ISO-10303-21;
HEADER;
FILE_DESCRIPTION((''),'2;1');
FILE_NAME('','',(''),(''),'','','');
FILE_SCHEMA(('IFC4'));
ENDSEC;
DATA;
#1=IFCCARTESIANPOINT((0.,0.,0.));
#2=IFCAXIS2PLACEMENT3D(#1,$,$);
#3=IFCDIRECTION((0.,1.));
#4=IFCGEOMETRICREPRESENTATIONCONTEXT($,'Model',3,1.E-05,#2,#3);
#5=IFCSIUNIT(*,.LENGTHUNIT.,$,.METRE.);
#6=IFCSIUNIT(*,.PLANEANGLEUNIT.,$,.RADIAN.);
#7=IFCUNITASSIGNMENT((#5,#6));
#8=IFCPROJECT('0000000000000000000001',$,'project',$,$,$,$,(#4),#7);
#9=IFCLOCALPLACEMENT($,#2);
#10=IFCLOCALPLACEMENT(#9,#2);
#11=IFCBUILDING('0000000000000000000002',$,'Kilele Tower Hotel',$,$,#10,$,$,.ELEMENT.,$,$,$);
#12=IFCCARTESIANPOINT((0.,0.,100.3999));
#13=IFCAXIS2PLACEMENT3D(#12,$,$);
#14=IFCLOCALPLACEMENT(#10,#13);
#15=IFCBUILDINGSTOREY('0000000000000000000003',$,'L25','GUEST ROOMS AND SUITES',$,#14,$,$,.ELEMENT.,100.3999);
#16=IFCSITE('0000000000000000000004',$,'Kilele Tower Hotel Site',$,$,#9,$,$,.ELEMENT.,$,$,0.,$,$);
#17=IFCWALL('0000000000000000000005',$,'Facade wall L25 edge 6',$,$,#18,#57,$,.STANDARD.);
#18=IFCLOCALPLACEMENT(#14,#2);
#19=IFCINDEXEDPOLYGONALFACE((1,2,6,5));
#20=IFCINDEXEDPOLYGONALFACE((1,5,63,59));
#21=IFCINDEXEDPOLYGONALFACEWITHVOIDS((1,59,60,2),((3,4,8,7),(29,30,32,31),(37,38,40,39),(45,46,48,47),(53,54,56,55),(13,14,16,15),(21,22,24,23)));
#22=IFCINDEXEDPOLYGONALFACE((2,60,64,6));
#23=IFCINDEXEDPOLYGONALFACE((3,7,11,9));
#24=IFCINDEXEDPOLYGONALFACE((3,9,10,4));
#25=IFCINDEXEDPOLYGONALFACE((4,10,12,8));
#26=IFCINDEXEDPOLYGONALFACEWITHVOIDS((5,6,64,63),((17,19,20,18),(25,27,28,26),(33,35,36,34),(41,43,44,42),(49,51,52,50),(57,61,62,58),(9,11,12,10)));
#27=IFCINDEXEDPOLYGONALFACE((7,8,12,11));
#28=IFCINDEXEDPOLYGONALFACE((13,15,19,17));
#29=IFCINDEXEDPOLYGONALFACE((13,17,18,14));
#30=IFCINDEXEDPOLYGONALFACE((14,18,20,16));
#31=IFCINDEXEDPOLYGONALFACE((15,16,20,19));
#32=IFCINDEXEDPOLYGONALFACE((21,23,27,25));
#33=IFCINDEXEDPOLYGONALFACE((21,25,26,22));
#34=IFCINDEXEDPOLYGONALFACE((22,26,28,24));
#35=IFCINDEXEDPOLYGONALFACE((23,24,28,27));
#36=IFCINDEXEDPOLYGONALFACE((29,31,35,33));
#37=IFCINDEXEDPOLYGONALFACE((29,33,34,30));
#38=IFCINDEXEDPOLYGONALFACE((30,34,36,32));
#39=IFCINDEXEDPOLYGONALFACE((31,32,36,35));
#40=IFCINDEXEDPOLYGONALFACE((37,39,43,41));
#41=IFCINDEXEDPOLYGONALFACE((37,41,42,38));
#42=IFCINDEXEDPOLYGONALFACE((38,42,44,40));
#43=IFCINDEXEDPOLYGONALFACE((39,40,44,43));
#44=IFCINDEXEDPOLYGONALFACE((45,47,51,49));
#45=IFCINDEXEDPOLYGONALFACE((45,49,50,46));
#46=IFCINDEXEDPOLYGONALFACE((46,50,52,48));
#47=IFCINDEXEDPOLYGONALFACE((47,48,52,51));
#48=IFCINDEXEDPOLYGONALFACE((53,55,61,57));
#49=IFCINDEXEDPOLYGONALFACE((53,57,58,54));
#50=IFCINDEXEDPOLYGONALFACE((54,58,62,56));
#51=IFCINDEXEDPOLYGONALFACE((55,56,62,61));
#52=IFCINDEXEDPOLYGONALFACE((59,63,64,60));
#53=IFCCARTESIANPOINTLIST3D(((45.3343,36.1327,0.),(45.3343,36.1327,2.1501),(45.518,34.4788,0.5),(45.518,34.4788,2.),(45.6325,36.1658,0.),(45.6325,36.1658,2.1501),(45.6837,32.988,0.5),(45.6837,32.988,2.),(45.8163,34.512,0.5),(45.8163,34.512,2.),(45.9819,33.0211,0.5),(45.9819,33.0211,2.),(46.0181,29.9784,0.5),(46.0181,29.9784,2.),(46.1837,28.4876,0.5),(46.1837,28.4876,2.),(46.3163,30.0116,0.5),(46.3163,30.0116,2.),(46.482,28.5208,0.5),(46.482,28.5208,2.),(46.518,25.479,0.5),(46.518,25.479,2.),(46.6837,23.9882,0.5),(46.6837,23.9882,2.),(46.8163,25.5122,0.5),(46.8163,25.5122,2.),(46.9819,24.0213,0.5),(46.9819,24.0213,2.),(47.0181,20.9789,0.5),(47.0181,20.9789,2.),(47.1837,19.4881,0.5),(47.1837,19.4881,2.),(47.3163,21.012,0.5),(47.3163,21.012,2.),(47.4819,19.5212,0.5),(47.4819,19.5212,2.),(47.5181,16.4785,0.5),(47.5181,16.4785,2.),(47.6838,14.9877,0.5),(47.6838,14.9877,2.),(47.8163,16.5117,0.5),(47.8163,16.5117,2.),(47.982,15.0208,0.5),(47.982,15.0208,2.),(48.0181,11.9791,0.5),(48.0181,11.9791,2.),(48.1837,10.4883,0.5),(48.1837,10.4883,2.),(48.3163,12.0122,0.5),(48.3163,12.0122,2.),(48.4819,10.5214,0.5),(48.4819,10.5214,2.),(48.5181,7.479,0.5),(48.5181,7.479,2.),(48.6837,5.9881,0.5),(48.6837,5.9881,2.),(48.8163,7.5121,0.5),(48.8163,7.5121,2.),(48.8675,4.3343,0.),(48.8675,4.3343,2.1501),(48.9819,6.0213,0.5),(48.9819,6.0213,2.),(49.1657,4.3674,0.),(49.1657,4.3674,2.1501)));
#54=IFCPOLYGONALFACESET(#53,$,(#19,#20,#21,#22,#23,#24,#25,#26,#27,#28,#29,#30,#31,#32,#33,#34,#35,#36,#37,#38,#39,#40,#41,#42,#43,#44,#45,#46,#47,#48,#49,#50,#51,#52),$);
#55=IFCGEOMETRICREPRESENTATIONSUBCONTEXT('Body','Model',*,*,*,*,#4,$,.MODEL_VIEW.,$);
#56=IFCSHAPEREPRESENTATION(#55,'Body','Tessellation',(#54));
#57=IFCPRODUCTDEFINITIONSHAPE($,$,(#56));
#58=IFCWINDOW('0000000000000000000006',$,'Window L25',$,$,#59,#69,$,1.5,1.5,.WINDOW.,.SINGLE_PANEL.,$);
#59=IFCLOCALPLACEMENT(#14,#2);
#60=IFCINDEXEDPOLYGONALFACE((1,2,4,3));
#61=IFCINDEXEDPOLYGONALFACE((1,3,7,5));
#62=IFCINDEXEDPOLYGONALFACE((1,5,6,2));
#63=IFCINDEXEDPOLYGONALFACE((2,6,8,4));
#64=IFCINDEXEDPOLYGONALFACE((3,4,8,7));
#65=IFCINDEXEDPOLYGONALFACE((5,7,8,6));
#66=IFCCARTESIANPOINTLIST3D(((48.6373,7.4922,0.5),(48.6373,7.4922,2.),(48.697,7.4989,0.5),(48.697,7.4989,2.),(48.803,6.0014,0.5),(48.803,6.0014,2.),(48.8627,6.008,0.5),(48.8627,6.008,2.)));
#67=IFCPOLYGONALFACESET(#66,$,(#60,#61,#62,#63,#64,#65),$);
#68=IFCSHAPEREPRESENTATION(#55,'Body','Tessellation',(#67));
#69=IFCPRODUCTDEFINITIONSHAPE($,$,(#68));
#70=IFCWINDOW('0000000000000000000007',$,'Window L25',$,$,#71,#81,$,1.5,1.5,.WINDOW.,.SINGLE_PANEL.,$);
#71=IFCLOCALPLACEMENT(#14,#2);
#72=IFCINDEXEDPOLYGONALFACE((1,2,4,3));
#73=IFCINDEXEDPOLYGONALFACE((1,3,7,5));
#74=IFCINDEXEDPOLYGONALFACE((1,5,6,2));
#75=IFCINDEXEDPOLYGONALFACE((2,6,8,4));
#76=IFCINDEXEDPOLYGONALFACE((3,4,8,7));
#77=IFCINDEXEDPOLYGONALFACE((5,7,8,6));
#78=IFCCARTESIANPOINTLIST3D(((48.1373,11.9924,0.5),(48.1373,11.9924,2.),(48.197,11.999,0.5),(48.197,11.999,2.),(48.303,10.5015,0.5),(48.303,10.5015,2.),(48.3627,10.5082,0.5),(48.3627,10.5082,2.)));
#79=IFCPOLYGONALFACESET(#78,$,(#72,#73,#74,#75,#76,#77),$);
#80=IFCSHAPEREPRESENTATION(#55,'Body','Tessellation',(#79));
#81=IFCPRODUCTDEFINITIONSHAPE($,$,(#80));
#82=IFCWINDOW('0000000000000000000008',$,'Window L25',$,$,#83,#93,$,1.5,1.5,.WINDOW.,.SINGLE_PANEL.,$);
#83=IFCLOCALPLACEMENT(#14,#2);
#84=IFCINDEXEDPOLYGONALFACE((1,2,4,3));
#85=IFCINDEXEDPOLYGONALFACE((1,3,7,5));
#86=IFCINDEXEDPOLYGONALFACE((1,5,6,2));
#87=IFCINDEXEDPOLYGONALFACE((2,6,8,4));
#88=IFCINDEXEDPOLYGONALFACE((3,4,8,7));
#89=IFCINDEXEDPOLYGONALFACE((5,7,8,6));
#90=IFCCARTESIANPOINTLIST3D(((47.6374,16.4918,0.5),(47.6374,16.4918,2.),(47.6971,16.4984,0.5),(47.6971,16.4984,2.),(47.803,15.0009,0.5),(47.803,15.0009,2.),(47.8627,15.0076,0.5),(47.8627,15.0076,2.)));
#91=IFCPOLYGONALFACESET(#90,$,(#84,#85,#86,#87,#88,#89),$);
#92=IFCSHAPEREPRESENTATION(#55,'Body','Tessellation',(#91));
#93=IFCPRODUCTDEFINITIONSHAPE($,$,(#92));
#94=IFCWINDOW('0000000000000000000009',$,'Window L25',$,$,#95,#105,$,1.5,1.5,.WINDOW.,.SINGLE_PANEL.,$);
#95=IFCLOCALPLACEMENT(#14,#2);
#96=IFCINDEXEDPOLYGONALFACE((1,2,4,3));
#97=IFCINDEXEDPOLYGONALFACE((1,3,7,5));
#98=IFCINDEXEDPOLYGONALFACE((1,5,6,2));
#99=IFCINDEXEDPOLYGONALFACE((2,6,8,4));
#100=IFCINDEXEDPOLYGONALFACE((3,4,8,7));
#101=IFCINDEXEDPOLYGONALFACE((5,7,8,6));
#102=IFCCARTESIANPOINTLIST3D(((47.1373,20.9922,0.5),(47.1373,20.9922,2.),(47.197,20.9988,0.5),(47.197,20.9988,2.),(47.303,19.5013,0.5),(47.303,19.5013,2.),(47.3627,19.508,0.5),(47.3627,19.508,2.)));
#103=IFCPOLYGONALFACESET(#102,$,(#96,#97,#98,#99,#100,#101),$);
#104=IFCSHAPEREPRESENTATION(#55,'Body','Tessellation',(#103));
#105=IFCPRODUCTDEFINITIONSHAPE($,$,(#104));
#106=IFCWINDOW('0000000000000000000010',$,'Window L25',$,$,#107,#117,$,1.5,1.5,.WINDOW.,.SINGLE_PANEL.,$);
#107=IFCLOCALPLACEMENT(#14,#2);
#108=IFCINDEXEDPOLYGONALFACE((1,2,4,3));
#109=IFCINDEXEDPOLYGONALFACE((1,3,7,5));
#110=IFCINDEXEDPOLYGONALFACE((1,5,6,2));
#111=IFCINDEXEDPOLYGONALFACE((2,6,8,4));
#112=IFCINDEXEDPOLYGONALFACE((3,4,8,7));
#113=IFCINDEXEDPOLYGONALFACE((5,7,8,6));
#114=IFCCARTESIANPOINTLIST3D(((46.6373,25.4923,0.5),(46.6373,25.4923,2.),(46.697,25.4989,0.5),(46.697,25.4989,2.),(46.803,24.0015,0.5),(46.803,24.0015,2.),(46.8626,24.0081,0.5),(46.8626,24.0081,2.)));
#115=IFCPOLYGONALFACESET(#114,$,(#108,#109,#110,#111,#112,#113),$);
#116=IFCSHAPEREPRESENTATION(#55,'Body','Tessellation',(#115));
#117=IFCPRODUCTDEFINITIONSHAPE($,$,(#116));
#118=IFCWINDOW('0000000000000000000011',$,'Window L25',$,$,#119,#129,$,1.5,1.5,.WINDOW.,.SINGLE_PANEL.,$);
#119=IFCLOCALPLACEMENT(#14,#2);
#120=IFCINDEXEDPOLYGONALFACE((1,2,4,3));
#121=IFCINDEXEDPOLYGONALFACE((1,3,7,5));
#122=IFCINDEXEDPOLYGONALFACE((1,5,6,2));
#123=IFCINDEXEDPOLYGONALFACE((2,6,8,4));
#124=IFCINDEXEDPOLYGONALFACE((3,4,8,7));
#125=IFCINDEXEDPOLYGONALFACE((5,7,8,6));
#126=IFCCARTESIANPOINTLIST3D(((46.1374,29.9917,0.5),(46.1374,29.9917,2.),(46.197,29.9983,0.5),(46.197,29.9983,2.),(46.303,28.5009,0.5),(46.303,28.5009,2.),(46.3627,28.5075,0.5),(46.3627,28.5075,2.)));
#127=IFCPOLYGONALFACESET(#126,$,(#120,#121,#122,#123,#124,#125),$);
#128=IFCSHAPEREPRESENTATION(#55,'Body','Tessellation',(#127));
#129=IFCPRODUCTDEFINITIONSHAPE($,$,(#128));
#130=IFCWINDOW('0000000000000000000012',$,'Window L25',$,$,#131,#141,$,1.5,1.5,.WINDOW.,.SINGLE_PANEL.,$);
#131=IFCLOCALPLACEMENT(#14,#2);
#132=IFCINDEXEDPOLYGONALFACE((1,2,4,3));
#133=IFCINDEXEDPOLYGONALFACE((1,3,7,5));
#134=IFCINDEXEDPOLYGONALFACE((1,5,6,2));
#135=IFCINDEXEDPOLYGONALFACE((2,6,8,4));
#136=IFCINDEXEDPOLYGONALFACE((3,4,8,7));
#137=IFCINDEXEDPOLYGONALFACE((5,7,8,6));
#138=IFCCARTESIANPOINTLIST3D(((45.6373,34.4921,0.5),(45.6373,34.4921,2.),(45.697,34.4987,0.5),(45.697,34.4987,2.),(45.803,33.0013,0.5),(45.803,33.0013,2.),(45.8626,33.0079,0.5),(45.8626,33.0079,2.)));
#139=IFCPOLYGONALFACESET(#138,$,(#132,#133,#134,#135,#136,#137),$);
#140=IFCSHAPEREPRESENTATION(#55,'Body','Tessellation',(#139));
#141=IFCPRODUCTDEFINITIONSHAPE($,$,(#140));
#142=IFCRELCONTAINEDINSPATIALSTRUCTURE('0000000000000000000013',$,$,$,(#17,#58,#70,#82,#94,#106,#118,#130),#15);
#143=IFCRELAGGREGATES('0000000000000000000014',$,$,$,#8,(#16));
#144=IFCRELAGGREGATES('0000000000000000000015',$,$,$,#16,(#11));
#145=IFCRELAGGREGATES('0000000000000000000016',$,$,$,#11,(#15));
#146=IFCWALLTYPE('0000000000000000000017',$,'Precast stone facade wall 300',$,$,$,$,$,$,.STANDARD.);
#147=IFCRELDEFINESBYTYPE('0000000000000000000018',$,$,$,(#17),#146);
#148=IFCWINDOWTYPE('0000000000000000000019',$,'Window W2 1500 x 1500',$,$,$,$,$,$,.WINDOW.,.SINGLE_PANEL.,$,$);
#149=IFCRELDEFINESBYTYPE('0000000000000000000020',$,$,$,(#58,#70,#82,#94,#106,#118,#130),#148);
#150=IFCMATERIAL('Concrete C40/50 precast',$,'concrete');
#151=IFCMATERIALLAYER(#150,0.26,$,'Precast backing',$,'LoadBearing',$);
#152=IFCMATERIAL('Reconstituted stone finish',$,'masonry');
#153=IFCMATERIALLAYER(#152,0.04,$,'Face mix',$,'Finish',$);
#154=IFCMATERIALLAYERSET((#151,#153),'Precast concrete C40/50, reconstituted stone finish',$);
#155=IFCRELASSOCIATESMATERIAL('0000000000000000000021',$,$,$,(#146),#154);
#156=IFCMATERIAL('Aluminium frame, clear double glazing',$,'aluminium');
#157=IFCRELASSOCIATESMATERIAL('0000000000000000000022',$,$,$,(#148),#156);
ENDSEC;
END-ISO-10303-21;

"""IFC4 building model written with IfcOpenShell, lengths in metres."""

from ifc_helpers import new_model, si_unit, direction, frame, frame_2d, origin, place, context, subcontext, project, spatial, rectangle, extrude, material, layer, layer_set, type_object, element, fill, save


model = new_model("IFC4")

# Units and contexts
model_context = context("Model", 3, precision=1e-05, world=origin(), true_north=direction((0.0, 1.0)))
body_context = subcontext(model_context, "Body", "Model", "MODEL_VIEW")
ifc_project = project(units=[si_unit("LENGTHUNIT", "METRE"), si_unit("PLANEANGLEUNIT", "RADIAN")], contexts=[model_context])

# Site, building, storey
site_placement = place(None, origin())
site = spatial("IfcSite", under=ifc_project, at=site_placement, Name="Kilele Tower Hotel Site", CompositionType="ELEMENT", RefElevation=0.0)
building_placement = place(site_placement, origin())
building = spatial("IfcBuilding", under=site, at=building_placement, Name="Kilele Tower Hotel", CompositionType="ELEMENT")
storey_placement = place(building_placement, frame((0.0, 0.0, 100.3999)))
storey = spatial("IfcBuildingStorey", under=building, at=storey_placement, Name="L25", Description="GUEST ROOMS AND SUITES", CompositionType="ELEMENT", Elevation=100.3999)

# Shared definitions
ifc_material_1 = material(Name="Concrete C40/50 precast", Category="concrete")
ifc_layer_1 = layer(ifc_material_1, 0.26, Name="Precast backing", Category="LoadBearing")
ifc_material_2 = material(Name="Reconstituted stone finish", Category="masonry")
ifc_layer_2 = layer(ifc_material_2, 0.04, Name="Face mix", Category="Finish")
ifc_layer_set_1 = layer_set([ifc_layer_1, ifc_layer_2], Name="Precast concrete C40/50, reconstituted stone finish")
wall_type_1 = type_object("IfcWallType", Name="Precast stone facade wall 300", PredefinedType="STANDARD", material=ifc_layer_set_1)
ifc_material_3 = material(Name="Aluminium frame, clear double glazing", Category="aluminium")
window_type = type_object("IfcWindowType", Name="Window W2 1500 x 1500", PartitioningType="SINGLE_PANEL", PredefinedType="WINDOW", material=ifc_material_3)

# Wall, openings, windows
wall_1_placement = place(storey_placement, frame((49.0166, 4.3508, 0.0), z_axis=(0.0, 0.0, 1.0), x_axis=(-0.110433, 0.993884, 0.0)))
wall_1 = element("IfcWall", 1, at=wall_1_placement, inside=storey, type_object=wall_type_1, Name="Facade wall L25 edge 6", PredefinedType="STANDARD", context=body_context, shape_type="SweptSolid", body=[
    extrude(rectangle(XDim=31.9941, YDim=0.3, at=frame_2d((15.9971, 0.0))), origin(), (0.0, 0.0, 1.0), 2.1501),
])
opening_1_placement = place(wall_1_placement, frame((1.6641, 0.0, 0.5)))
opening_1 = element("IfcOpeningElement", 2, at=opening_1_placement, cuts=wall_1, PredefinedType="OPENING", context=body_context, shape_type="SweptSolid", body=[
    extrude(rectangle(XDim=1.5, YDim=1.5, at=frame_2d((0.75, 0.75))), frame((0.0, 0.1599, 0.0), z_axis=(0.0, -1.0, 0.0), x_axis=(1.0, 0.0, 0.0)), (0.0, 0.0, 1.0), 0.3201),
])
opening_2_placement = place(wall_1_placement, frame((6.1919, 0.0, 0.5)))
opening_2 = element("IfcOpeningElement", 3, at=opening_2_placement, cuts=wall_1, PredefinedType="OPENING", context=body_context, shape_type="SweptSolid", body=[
    extrude(rectangle(XDim=1.5, YDim=1.5, at=frame_2d((0.75, 0.75))), frame((0.0, 0.1599, 0.0), z_axis=(0.0, -1.0, 0.0), x_axis=(1.0, 0.0, 0.0)), (0.0, 0.0, 1.0), 0.3201),
])
opening_3_placement = place(wall_1_placement, frame((10.719, 0.0, 0.5)))
opening_3 = element("IfcOpeningElement", 4, at=opening_3_placement, cuts=wall_1, PredefinedType="OPENING", context=body_context, shape_type="SweptSolid", body=[
    extrude(rectangle(XDim=1.5, YDim=1.5, at=frame_2d((0.75, 0.75))), frame((0.0, 0.1599, 0.0), z_axis=(0.0, -1.0, 0.0), x_axis=(1.0, 0.0, 0.0)), (0.0, 0.0, 1.0), 0.3201),
])
opening_4_placement = place(wall_1_placement, frame((15.2471, 0.0, 0.5)))
opening_4 = element("IfcOpeningElement", 5, at=opening_4_placement, cuts=wall_1, PredefinedType="OPENING", context=body_context, shape_type="SweptSolid", body=[
    extrude(rectangle(XDim=1.5, YDim=1.5, at=frame_2d((0.75, 0.75))), frame((0.0, 0.1599, 0.0), z_axis=(0.0, -1.0, 0.0), x_axis=(1.0, 0.0, 0.0)), (0.0, 0.0, 1.0), 0.3201),
])
opening_5_placement = place(wall_1_placement, frame((19.7749, 0.0, 0.5)))
opening_5 = element("IfcOpeningElement", 6, at=opening_5_placement, cuts=wall_1, PredefinedType="OPENING", context=body_context, shape_type="SweptSolid", body=[
    extrude(rectangle(XDim=1.5, YDim=1.5, at=frame_2d((0.75, 0.75))), frame((0.0, 0.1599, 0.0), z_axis=(0.0, -1.0, 0.0), x_axis=(1.0, 0.0, 0.0)), (0.0, 0.0, 1.0), 0.3201),
])
opening_6_placement = place(wall_1_placement, frame((24.302, 0.0, 0.5)))
opening_6 = element("IfcOpeningElement", 7, at=opening_6_placement, cuts=wall_1, PredefinedType="OPENING", context=body_context, shape_type="SweptSolid", body=[
    extrude(rectangle(XDim=1.5, YDim=1.5, at=frame_2d((0.75, 0.75))), frame((0.0, 0.1599, 0.0), z_axis=(0.0, -1.0, 0.0), x_axis=(1.0, 0.0, 0.0)), (0.0, 0.0, 1.0), 0.3201),
])
opening_7_placement = place(wall_1_placement, frame((28.8301, 0.0, 0.5)))
opening_7 = element("IfcOpeningElement", 8, at=opening_7_placement, cuts=wall_1, PredefinedType="OPENING", context=body_context, shape_type="SweptSolid", body=[
    extrude(rectangle(XDim=1.5, YDim=1.5, at=frame_2d((0.75, 0.75))), frame((0.0, 0.1599, 0.0), z_axis=(0.0, -1.0, 0.0), x_axis=(1.0, 0.0, 0.0)), (0.0, 0.0, 1.0), 0.3201),
])
window_1_placement = place(opening_1_placement, origin())
window_1 = element("IfcWindow", 9, at=window_1_placement, inside=storey, type_object=window_type, Name="Window L25", OverallHeight=1.5, OverallWidth=1.5, PartitioningType="SINGLE_PANEL", PredefinedType="WINDOW", context=body_context, shape_type="SweptSolid", body=[
    extrude(rectangle(XDim=1.5, YDim=1.5, at=frame_2d((0.75, 0.75))), frame((0.0, 0.03, 0.0), z_axis=(0.0, -1.0, 0.0), x_axis=(1.0, 0.0, 0.0)), (0.0, 0.0, 1.0), 0.0601),
])
fill(opening_1, window_1)
window_2_placement = place(opening_2_placement, origin())
window_2 = element("IfcWindow", 10, at=window_2_placement, inside=storey, type_object=window_type, Name="Window L25", OverallHeight=1.5, OverallWidth=1.5, PartitioningType="SINGLE_PANEL", PredefinedType="WINDOW", context=body_context, shape_type="SweptSolid", body=[
    extrude(rectangle(XDim=1.5, YDim=1.5, at=frame_2d((0.75, 0.75))), frame((0.0, 0.03, 0.0), z_axis=(0.0, -1.0, 0.0), x_axis=(1.0, 0.0, 0.0)), (0.0, 0.0, 1.0), 0.0601),
])
fill(opening_2, window_2)
window_3_placement = place(opening_3_placement, origin())
window_3 = element("IfcWindow", 11, at=window_3_placement, inside=storey, type_object=window_type, Name="Window L25", OverallHeight=1.5, OverallWidth=1.5, PartitioningType="SINGLE_PANEL", PredefinedType="WINDOW", context=body_context, shape_type="SweptSolid", body=[
    extrude(rectangle(XDim=1.5, YDim=1.5, at=frame_2d((0.75, 0.75))), frame((0.0, 0.03, 0.0), z_axis=(0.0, -1.0, 0.0), x_axis=(1.0, 0.0, 0.0)), (0.0, 0.0, 1.0), 0.0601),
])
fill(opening_3, window_3)
window_4_placement = place(opening_4_placement, origin())
window_4 = element("IfcWindow", 12, at=window_4_placement, inside=storey, type_object=window_type, Name="Window L25", OverallHeight=1.5, OverallWidth=1.5, PartitioningType="SINGLE_PANEL", PredefinedType="WINDOW", context=body_context, shape_type="SweptSolid", body=[
    extrude(rectangle(XDim=1.5, YDim=1.5, at=frame_2d((0.75, 0.75))), frame((0.0, 0.03, 0.0), z_axis=(0.0, -1.0, 0.0), x_axis=(1.0, 0.0, 0.0)), (0.0, 0.0, 1.0), 0.0601),
])
fill(opening_4, window_4)
window_5_placement = place(opening_5_placement, origin())
window_5 = element("IfcWindow", 13, at=window_5_placement, inside=storey, type_object=window_type, Name="Window L25", OverallHeight=1.5, OverallWidth=1.5, PartitioningType="SINGLE_PANEL", PredefinedType="WINDOW", context=body_context, shape_type="SweptSolid", body=[
    extrude(rectangle(XDim=1.5, YDim=1.5, at=frame_2d((0.75, 0.75))), frame((0.0, 0.03, 0.0), z_axis=(0.0, -1.0, 0.0), x_axis=(1.0, 0.0, 0.0)), (0.0, 0.0, 1.0), 0.0601),
])
fill(opening_5, window_5)
window_6_placement = place(opening_6_placement, origin())
window_6 = element("IfcWindow", 14, at=window_6_placement, inside=storey, type_object=window_type, Name="Window L25", OverallHeight=1.5, OverallWidth=1.5, PartitioningType="SINGLE_PANEL", PredefinedType="WINDOW", context=body_context, shape_type="SweptSolid", body=[
    extrude(rectangle(XDim=1.5, YDim=1.5, at=frame_2d((0.75, 0.75))), frame((0.0, 0.03, 0.0), z_axis=(0.0, -1.0, 0.0), x_axis=(1.0, 0.0, 0.0)), (0.0, 0.0, 1.0), 0.0601),
])
fill(opening_6, window_6)
window_7_placement = place(opening_7_placement, origin())
window_7 = element("IfcWindow", 15, at=window_7_placement, inside=storey, type_object=window_type, Name="Window L25", OverallHeight=1.5, OverallWidth=1.5, PartitioningType="SINGLE_PANEL", PredefinedType="WINDOW", context=body_context, shape_type="SweptSolid", body=[
    extrude(rectangle(XDim=1.5, YDim=1.5, at=frame_2d((0.75, 0.75))), frame((0.0, 0.03, 0.0), z_axis=(0.0, -1.0, 0.0), x_axis=(1.0, 0.0, 0.0)), (0.0, 0.0, 1.0), 0.0601),
])
fill(opening_7, window_7)

save(model, "model.ifc")
